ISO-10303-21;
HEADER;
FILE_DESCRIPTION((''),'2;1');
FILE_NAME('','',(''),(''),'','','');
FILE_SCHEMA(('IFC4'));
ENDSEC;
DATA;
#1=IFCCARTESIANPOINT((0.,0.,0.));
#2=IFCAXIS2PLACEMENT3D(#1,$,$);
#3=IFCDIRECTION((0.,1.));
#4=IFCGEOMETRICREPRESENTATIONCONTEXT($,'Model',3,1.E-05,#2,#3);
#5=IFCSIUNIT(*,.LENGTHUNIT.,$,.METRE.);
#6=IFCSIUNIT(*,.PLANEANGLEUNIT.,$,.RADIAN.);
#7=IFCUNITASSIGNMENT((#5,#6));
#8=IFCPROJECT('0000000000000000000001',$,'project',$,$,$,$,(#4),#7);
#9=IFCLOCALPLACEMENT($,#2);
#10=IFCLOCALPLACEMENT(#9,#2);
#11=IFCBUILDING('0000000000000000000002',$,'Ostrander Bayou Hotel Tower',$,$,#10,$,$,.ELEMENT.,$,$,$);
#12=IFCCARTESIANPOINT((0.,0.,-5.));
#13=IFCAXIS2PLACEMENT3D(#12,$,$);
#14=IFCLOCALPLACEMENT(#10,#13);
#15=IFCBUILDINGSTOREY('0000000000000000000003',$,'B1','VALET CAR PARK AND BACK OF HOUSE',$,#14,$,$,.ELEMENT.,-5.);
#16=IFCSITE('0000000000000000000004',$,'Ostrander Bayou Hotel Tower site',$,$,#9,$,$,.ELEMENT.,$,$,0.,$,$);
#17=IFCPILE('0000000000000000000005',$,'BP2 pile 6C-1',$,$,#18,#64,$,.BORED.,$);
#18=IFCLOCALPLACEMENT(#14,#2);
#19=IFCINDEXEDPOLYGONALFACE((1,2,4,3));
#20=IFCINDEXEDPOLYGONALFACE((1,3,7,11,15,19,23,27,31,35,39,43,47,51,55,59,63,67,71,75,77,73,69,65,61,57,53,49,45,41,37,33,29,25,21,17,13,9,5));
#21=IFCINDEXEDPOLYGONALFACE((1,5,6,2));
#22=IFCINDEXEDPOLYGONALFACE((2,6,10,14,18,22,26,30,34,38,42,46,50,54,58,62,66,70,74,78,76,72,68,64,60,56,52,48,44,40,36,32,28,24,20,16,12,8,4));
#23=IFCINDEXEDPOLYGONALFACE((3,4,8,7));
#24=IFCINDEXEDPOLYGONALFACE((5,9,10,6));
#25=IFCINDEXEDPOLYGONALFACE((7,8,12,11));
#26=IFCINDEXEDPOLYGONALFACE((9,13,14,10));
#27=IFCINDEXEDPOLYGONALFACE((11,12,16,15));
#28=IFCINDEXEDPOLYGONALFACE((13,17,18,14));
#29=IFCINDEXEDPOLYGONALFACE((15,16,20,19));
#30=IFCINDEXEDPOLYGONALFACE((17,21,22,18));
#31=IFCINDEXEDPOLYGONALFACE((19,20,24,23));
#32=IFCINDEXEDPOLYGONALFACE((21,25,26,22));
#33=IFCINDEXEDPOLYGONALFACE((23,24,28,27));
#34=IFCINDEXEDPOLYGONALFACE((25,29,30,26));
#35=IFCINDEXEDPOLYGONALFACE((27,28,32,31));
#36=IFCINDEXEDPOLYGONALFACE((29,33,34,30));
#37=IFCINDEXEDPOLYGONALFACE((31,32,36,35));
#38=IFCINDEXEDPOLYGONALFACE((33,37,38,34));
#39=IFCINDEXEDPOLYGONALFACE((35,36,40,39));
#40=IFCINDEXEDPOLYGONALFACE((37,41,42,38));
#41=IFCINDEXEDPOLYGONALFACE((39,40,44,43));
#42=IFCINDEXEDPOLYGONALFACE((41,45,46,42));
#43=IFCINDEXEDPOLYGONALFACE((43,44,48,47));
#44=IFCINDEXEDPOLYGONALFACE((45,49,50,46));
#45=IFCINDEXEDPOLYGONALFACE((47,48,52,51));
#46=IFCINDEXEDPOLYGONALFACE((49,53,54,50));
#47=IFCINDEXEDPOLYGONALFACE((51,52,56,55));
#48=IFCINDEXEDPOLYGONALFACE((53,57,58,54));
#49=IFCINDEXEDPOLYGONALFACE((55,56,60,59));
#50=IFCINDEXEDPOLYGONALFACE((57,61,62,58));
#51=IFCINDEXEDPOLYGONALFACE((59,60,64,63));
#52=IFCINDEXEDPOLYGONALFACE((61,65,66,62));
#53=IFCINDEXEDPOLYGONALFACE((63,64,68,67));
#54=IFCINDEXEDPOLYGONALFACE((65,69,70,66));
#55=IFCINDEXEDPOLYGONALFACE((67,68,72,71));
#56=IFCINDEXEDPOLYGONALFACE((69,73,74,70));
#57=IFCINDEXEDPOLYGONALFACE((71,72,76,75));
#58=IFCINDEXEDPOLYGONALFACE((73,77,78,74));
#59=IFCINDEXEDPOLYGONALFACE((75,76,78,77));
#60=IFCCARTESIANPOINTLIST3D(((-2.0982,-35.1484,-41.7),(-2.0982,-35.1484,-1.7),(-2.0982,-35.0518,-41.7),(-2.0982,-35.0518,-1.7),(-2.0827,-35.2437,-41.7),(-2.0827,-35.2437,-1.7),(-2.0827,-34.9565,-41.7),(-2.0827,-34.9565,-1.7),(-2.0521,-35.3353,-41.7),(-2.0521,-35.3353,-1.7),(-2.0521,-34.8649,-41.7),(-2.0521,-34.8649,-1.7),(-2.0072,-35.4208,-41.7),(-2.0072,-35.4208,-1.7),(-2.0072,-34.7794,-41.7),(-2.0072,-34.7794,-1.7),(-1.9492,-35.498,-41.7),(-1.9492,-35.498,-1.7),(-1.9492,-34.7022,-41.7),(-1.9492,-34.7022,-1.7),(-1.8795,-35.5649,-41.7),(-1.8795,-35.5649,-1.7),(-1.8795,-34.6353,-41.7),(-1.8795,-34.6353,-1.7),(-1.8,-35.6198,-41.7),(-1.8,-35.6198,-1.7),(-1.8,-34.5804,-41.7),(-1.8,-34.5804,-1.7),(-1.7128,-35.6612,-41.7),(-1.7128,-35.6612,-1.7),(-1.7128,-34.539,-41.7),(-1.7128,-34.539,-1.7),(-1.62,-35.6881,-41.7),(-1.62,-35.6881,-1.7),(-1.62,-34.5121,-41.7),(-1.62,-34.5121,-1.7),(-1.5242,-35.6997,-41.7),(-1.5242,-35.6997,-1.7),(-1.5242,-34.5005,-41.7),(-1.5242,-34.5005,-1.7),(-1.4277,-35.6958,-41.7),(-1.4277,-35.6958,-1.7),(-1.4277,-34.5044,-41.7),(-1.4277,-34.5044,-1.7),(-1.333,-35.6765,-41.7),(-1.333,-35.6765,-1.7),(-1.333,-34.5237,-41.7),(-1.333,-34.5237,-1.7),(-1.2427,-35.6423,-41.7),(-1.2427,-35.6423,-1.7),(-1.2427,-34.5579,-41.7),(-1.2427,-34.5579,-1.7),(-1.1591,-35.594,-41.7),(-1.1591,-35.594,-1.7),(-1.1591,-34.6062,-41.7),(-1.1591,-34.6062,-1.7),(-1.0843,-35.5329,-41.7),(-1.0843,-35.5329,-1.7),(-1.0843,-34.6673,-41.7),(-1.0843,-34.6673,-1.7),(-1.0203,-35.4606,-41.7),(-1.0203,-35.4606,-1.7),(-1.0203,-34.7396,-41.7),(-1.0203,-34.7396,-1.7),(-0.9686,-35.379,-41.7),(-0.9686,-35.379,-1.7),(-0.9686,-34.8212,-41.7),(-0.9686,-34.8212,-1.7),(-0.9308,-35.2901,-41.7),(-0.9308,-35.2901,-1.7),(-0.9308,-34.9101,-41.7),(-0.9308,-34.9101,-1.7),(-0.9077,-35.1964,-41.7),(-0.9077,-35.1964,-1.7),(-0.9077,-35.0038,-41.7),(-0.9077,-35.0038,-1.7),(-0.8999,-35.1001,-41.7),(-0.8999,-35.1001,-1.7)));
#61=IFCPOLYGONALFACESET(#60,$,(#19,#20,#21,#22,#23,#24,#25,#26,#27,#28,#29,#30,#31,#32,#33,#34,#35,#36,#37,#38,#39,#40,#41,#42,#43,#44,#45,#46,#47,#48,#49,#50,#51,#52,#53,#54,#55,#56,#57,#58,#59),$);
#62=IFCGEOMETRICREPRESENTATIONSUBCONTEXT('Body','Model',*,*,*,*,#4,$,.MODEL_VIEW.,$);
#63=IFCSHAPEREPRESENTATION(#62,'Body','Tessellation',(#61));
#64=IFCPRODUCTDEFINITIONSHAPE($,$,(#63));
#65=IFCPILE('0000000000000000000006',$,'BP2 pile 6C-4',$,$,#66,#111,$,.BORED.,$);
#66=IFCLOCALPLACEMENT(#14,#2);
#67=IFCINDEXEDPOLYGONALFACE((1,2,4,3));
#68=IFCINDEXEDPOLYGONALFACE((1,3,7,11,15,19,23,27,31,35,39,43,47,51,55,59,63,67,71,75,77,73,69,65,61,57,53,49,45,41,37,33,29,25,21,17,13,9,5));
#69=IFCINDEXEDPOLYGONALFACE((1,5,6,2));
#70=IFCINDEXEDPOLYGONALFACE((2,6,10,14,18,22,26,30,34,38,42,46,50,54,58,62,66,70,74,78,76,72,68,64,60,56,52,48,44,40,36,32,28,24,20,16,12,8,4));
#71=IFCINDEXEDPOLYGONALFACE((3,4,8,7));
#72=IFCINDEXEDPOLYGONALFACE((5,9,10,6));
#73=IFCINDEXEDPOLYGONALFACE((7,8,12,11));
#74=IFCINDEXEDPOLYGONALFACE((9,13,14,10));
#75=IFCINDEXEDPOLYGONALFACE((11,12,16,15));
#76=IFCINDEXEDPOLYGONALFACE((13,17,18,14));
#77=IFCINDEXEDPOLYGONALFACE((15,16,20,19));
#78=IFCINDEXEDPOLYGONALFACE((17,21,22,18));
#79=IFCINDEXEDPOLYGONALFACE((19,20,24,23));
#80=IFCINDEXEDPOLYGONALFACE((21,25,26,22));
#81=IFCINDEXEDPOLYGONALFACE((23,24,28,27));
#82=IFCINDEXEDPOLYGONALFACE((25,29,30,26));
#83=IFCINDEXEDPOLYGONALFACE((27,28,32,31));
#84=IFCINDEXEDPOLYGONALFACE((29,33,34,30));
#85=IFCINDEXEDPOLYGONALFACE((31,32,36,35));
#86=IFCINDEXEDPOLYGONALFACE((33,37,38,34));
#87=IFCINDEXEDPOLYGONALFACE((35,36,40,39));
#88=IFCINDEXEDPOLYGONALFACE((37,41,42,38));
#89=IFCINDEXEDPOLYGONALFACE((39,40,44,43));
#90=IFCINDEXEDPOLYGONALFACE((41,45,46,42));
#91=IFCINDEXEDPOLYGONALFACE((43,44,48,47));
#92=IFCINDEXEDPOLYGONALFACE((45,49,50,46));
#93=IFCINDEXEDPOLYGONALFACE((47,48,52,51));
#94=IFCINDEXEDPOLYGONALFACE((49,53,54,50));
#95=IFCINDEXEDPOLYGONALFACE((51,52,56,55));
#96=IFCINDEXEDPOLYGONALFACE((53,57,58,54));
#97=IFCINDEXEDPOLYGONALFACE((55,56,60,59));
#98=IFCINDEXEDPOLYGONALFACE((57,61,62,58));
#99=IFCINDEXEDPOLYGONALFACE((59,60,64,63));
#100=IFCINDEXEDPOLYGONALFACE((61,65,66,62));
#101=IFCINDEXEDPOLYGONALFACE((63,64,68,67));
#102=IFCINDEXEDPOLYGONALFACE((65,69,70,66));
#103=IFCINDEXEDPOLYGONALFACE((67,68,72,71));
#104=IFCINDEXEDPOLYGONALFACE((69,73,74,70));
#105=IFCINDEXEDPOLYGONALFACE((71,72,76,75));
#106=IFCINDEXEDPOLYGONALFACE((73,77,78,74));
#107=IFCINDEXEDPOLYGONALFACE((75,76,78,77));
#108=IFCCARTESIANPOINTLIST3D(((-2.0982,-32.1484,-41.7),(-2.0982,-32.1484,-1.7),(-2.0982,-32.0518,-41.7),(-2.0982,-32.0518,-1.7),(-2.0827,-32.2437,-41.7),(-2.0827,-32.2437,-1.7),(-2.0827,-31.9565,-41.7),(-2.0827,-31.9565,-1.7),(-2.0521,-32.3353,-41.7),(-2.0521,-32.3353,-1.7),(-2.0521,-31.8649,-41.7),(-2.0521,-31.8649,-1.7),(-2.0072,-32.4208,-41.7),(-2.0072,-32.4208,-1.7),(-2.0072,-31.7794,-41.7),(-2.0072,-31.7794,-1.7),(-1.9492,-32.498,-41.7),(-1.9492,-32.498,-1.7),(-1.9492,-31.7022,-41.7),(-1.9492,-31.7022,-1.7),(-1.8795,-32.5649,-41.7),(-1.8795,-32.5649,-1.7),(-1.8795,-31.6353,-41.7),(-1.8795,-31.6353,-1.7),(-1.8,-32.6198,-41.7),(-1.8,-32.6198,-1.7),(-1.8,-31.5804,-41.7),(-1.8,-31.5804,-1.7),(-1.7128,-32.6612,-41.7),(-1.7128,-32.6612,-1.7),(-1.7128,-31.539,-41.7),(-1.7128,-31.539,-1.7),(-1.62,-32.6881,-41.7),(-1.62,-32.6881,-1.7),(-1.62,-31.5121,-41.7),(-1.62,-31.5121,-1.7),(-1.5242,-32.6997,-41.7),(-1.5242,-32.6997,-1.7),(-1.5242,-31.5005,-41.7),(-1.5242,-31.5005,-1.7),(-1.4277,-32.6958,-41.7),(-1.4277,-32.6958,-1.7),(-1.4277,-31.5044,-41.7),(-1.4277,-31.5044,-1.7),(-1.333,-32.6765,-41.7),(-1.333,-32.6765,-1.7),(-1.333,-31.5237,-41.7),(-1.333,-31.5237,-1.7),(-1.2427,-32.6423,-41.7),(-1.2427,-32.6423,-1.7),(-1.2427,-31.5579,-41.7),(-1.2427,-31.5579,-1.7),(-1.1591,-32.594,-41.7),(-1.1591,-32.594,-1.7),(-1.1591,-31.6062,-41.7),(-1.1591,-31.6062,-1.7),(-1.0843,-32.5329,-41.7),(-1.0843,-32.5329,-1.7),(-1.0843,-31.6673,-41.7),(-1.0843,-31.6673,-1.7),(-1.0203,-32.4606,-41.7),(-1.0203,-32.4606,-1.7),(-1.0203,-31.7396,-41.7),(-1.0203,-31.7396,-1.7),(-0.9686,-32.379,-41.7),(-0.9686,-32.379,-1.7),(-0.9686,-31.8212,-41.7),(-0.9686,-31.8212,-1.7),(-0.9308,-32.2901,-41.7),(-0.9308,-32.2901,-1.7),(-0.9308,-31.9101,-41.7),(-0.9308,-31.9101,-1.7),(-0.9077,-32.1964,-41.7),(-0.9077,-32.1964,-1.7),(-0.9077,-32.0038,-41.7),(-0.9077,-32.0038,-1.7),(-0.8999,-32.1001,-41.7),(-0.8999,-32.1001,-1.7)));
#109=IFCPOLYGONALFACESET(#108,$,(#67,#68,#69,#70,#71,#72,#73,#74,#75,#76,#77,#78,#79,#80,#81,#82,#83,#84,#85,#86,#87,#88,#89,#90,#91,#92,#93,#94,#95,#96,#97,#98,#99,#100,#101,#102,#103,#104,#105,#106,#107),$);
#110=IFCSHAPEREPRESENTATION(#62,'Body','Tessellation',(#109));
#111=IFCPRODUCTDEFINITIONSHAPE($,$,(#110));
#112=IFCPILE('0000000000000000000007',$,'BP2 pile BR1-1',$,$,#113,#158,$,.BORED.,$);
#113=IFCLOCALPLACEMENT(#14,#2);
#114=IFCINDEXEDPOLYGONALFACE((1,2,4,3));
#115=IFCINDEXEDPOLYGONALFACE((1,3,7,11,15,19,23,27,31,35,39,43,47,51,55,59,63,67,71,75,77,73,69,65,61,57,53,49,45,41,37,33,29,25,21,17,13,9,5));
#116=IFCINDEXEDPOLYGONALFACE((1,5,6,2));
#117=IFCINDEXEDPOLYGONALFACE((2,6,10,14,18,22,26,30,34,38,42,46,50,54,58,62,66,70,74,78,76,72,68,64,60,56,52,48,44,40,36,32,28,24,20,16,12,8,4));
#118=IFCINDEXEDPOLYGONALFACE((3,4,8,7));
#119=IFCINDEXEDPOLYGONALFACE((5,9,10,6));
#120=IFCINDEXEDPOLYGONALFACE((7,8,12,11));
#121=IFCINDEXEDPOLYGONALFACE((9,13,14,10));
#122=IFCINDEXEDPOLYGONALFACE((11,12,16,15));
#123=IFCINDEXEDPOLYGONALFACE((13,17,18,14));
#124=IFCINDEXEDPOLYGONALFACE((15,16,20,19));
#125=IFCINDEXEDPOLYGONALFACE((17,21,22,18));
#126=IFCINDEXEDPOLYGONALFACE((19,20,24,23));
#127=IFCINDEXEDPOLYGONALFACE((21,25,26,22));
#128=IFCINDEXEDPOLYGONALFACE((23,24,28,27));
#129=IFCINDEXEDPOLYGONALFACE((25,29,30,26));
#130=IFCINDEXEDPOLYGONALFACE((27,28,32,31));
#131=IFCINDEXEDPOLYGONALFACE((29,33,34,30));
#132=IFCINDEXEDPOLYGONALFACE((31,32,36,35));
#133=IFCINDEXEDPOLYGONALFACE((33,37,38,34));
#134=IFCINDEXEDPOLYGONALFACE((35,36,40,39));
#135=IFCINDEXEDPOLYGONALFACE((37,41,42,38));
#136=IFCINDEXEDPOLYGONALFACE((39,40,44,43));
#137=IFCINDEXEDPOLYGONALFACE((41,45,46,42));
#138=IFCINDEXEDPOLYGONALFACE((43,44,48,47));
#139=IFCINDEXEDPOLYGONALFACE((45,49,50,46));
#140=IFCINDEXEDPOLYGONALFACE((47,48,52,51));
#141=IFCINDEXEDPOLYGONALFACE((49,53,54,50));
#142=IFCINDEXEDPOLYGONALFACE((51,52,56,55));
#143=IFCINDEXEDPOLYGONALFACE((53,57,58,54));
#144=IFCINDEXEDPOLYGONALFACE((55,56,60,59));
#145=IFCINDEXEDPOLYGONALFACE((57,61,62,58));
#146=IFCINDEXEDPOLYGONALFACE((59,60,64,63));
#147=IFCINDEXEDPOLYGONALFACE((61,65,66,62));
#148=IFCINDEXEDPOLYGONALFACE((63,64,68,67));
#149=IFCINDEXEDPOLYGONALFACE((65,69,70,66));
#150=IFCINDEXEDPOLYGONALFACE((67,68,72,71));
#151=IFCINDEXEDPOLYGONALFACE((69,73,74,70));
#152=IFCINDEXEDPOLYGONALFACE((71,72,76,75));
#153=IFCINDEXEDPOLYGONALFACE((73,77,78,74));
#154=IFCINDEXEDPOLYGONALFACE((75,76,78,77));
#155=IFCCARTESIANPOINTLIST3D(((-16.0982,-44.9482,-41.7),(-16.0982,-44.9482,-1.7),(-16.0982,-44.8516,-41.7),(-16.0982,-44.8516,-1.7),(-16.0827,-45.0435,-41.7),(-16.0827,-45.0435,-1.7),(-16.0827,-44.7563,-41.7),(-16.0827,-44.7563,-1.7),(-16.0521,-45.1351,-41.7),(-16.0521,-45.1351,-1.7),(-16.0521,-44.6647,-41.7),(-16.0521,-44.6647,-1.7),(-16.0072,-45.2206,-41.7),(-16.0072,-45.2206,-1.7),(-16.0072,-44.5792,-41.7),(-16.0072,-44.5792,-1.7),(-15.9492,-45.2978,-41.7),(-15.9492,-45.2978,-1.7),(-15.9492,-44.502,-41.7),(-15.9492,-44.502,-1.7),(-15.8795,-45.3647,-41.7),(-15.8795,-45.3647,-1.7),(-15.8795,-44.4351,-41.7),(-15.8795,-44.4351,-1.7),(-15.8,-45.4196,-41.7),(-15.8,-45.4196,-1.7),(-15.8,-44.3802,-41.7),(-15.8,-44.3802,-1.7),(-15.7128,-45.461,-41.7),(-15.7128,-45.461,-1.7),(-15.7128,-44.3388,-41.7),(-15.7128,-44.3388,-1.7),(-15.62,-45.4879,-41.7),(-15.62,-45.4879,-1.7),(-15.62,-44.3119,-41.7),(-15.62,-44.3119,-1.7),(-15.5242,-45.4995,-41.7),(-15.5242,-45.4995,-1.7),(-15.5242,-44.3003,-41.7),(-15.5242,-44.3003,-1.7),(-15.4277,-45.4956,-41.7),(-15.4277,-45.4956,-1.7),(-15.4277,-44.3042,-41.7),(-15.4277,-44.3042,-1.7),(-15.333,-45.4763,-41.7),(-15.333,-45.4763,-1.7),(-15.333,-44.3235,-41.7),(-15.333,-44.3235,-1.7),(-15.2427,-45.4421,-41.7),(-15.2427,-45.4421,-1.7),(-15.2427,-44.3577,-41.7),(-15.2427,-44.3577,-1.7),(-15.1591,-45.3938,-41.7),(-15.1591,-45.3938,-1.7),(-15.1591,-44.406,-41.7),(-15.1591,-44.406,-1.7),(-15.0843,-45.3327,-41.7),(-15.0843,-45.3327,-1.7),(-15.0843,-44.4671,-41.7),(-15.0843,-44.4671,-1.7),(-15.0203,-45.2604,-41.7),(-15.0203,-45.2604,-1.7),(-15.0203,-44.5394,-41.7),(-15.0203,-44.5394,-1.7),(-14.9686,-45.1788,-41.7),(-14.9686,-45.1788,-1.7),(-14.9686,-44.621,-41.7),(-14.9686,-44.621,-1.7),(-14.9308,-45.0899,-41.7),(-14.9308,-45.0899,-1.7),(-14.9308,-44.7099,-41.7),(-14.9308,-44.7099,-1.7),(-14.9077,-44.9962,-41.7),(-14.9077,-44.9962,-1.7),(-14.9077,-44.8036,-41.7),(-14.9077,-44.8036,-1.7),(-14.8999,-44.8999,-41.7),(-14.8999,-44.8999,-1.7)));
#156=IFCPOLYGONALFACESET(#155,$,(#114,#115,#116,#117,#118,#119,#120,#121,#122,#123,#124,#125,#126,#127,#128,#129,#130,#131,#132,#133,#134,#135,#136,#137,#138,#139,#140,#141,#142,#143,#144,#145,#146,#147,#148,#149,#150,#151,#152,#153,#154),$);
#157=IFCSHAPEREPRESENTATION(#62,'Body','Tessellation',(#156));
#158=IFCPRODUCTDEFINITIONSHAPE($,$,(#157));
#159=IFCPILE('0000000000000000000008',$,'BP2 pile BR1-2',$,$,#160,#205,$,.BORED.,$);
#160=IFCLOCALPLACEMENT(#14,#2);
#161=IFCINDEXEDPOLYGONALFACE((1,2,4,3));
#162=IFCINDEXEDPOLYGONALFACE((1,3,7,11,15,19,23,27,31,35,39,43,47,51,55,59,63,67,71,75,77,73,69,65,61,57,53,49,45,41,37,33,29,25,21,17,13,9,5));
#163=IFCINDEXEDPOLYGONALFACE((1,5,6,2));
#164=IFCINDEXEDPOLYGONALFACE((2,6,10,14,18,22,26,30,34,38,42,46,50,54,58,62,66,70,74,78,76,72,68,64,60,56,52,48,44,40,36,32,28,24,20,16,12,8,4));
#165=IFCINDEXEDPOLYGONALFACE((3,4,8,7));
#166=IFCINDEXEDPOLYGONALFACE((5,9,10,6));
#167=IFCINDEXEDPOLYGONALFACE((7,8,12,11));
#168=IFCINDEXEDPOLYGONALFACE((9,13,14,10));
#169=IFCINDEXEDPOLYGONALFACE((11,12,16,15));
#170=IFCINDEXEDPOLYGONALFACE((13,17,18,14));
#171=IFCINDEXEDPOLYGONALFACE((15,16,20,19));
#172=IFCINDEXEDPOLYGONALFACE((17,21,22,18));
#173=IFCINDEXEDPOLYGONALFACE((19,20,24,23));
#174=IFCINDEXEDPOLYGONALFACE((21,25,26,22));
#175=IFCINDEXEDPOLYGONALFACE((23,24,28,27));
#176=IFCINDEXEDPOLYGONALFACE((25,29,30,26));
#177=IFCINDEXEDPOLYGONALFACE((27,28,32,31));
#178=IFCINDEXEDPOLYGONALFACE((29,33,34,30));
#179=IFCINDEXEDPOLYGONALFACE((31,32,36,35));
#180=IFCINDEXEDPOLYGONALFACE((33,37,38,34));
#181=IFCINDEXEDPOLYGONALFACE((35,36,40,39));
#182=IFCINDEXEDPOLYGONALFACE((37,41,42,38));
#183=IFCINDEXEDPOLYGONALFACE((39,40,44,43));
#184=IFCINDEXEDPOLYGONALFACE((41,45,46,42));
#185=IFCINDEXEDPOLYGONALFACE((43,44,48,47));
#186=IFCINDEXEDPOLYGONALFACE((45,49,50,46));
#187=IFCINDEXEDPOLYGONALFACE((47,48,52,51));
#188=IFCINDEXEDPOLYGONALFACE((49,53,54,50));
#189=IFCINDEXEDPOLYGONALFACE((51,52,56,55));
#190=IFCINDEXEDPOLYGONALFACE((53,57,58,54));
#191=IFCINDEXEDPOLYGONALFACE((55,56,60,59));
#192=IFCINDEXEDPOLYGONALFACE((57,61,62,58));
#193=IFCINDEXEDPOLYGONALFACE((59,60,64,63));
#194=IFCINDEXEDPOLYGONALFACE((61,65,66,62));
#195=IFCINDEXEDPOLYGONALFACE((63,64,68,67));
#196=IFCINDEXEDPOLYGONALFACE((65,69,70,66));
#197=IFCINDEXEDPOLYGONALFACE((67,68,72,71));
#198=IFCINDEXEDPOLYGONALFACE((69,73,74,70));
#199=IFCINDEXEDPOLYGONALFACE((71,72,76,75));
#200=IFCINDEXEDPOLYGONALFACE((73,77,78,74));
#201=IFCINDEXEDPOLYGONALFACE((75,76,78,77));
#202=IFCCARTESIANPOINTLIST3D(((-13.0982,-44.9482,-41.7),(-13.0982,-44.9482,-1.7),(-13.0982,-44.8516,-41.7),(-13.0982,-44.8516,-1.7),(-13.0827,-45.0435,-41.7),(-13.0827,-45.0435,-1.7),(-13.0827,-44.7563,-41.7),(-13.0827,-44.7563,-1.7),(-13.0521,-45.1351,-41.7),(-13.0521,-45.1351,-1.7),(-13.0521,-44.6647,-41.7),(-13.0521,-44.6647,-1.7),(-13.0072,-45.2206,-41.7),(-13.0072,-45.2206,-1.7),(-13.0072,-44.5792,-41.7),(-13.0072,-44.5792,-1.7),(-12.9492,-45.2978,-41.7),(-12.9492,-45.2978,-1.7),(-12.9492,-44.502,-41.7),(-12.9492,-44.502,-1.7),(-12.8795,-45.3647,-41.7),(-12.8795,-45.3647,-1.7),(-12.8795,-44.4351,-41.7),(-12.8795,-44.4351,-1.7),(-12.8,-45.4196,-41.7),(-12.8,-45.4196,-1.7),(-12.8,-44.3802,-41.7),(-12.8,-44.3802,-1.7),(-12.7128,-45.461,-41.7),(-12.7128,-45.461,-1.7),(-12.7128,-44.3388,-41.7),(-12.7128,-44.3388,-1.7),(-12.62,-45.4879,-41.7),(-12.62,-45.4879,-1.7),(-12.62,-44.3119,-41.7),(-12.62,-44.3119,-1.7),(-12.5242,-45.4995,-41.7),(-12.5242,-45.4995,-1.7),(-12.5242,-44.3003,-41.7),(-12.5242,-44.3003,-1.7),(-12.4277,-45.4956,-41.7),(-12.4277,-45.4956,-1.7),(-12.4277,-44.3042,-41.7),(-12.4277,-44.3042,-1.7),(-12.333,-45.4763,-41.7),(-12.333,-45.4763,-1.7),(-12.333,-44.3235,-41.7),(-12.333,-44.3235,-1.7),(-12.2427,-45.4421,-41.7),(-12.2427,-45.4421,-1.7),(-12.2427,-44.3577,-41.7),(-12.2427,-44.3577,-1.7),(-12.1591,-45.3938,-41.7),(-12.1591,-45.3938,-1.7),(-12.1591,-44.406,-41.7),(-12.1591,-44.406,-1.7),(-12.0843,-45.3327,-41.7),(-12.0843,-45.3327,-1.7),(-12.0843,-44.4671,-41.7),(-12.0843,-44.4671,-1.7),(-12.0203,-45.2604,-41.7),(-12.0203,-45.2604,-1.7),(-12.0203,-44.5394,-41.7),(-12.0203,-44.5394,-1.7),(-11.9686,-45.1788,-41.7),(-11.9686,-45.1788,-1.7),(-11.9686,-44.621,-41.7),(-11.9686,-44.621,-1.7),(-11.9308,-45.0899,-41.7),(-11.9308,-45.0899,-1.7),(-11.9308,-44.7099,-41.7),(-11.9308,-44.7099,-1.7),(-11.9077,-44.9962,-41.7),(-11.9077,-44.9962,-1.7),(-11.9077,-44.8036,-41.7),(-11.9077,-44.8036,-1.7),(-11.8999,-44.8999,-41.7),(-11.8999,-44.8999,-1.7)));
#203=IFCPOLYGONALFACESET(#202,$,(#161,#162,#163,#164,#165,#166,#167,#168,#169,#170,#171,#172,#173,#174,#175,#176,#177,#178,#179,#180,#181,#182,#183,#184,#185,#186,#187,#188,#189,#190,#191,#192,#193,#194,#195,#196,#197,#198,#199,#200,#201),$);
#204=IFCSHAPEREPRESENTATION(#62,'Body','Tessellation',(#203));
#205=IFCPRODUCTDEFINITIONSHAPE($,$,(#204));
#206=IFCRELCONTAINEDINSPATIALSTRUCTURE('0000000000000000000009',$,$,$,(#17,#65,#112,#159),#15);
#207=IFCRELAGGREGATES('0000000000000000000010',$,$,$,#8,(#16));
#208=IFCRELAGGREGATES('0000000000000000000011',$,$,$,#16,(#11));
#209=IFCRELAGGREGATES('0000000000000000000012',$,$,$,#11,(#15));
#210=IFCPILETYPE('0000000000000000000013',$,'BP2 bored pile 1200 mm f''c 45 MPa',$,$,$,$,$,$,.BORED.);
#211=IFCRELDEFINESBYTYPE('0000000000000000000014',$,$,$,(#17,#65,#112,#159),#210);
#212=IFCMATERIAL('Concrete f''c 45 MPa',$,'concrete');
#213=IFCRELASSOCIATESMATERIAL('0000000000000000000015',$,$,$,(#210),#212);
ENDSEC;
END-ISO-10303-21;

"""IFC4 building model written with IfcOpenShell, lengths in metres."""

from ifc_helpers import new_model, si_unit, direction, frame, origin, origin_2d, place, context, subcontext, project, spatial, circle, extrude, material, material_profile, profile_set, type_object, element, save


model = new_model("IFC4")

# Units and contexts
model_context = context("Model", 3, precision=1e-05, world=origin(), true_north=direction((0.0, 1.0)))
body_context = subcontext(model_context, "Body", "Model", "MODEL_VIEW")
ifc_project = project(units=[si_unit("LENGTHUNIT", "METRE"), si_unit("PLANEANGLEUNIT", "RADIAN")], contexts=[model_context])

# Site, building, storey
site_placement = place(None, origin())
site = spatial("IfcSite", under=ifc_project, at=site_placement, Name="Ostrander Bayou Hotel Tower site", CompositionType="ELEMENT", RefElevation=0.0)
building_placement = place(site_placement, origin())
building = spatial("IfcBuilding", under=site, at=building_placement, Name="Ostrander Bayou Hotel Tower", CompositionType="ELEMENT")
storey_placement = place(building_placement, frame((0.0, 0.0, -5.0)))
storey = spatial("IfcBuildingStorey", under=building, at=storey_placement, Name="B1", Description="VALET CAR PARK AND BACK OF HOUSE", CompositionType="ELEMENT", Elevation=-5.0)

# Piles
ifc_material_1 = material(Name="Concrete f'c 45 MPa", Category="concrete")
ifc_material_profile_1 = material_profile(ifc_material_1, circle(Radius=0.6001, at=origin_2d()))
ifc_profile_set_1 = profile_set([ifc_material_profile_1], Name="Concrete f'c 45 MPa")
pile_type = type_object("IfcPileType", Name="BP2 bored pile 1200 mm f'c 45 MPa", PredefinedType="BORED", material=ifc_profile_set_1)
for number, where, z_axis, x_axis, name in (
    (1, (-1.5, -35.1001, -1.7), (0.0, 0.0, -1.0), (1.0, 0.0, 0.0), "BP2 pile 6C-1"),
    (2, (-1.5, -32.1001, -1.7), (0.0, 0.0, -1.0), (1.0, 0.0, 0.0), "BP2 pile 6C-4"),
    (3, (-15.5, -44.8999, -1.7), (0.0, 0.0, -1.0), (1.0, 0.0, 0.0), "BP2 pile BR1-1"),
    (4, (-12.5, -44.8999, -1.7), (0.0, 0.0, -1.0), (1.0, 0.0, 0.0), "BP2 pile BR1-2"),
):
    element("IfcPile", number, at=place(storey_placement, frame(where, z_axis=z_axis, x_axis=x_axis)), inside=storey, type_object=pile_type, Name=name, PredefinedType="BORED", context=body_context, shape_type="SweptSolid", body=[
        extrude(circle(Radius=0.6001, at=origin_2d()), origin(), (0.0, 0.0, 1.0), 40.0),
    ])

save(model, "model.ifc")
